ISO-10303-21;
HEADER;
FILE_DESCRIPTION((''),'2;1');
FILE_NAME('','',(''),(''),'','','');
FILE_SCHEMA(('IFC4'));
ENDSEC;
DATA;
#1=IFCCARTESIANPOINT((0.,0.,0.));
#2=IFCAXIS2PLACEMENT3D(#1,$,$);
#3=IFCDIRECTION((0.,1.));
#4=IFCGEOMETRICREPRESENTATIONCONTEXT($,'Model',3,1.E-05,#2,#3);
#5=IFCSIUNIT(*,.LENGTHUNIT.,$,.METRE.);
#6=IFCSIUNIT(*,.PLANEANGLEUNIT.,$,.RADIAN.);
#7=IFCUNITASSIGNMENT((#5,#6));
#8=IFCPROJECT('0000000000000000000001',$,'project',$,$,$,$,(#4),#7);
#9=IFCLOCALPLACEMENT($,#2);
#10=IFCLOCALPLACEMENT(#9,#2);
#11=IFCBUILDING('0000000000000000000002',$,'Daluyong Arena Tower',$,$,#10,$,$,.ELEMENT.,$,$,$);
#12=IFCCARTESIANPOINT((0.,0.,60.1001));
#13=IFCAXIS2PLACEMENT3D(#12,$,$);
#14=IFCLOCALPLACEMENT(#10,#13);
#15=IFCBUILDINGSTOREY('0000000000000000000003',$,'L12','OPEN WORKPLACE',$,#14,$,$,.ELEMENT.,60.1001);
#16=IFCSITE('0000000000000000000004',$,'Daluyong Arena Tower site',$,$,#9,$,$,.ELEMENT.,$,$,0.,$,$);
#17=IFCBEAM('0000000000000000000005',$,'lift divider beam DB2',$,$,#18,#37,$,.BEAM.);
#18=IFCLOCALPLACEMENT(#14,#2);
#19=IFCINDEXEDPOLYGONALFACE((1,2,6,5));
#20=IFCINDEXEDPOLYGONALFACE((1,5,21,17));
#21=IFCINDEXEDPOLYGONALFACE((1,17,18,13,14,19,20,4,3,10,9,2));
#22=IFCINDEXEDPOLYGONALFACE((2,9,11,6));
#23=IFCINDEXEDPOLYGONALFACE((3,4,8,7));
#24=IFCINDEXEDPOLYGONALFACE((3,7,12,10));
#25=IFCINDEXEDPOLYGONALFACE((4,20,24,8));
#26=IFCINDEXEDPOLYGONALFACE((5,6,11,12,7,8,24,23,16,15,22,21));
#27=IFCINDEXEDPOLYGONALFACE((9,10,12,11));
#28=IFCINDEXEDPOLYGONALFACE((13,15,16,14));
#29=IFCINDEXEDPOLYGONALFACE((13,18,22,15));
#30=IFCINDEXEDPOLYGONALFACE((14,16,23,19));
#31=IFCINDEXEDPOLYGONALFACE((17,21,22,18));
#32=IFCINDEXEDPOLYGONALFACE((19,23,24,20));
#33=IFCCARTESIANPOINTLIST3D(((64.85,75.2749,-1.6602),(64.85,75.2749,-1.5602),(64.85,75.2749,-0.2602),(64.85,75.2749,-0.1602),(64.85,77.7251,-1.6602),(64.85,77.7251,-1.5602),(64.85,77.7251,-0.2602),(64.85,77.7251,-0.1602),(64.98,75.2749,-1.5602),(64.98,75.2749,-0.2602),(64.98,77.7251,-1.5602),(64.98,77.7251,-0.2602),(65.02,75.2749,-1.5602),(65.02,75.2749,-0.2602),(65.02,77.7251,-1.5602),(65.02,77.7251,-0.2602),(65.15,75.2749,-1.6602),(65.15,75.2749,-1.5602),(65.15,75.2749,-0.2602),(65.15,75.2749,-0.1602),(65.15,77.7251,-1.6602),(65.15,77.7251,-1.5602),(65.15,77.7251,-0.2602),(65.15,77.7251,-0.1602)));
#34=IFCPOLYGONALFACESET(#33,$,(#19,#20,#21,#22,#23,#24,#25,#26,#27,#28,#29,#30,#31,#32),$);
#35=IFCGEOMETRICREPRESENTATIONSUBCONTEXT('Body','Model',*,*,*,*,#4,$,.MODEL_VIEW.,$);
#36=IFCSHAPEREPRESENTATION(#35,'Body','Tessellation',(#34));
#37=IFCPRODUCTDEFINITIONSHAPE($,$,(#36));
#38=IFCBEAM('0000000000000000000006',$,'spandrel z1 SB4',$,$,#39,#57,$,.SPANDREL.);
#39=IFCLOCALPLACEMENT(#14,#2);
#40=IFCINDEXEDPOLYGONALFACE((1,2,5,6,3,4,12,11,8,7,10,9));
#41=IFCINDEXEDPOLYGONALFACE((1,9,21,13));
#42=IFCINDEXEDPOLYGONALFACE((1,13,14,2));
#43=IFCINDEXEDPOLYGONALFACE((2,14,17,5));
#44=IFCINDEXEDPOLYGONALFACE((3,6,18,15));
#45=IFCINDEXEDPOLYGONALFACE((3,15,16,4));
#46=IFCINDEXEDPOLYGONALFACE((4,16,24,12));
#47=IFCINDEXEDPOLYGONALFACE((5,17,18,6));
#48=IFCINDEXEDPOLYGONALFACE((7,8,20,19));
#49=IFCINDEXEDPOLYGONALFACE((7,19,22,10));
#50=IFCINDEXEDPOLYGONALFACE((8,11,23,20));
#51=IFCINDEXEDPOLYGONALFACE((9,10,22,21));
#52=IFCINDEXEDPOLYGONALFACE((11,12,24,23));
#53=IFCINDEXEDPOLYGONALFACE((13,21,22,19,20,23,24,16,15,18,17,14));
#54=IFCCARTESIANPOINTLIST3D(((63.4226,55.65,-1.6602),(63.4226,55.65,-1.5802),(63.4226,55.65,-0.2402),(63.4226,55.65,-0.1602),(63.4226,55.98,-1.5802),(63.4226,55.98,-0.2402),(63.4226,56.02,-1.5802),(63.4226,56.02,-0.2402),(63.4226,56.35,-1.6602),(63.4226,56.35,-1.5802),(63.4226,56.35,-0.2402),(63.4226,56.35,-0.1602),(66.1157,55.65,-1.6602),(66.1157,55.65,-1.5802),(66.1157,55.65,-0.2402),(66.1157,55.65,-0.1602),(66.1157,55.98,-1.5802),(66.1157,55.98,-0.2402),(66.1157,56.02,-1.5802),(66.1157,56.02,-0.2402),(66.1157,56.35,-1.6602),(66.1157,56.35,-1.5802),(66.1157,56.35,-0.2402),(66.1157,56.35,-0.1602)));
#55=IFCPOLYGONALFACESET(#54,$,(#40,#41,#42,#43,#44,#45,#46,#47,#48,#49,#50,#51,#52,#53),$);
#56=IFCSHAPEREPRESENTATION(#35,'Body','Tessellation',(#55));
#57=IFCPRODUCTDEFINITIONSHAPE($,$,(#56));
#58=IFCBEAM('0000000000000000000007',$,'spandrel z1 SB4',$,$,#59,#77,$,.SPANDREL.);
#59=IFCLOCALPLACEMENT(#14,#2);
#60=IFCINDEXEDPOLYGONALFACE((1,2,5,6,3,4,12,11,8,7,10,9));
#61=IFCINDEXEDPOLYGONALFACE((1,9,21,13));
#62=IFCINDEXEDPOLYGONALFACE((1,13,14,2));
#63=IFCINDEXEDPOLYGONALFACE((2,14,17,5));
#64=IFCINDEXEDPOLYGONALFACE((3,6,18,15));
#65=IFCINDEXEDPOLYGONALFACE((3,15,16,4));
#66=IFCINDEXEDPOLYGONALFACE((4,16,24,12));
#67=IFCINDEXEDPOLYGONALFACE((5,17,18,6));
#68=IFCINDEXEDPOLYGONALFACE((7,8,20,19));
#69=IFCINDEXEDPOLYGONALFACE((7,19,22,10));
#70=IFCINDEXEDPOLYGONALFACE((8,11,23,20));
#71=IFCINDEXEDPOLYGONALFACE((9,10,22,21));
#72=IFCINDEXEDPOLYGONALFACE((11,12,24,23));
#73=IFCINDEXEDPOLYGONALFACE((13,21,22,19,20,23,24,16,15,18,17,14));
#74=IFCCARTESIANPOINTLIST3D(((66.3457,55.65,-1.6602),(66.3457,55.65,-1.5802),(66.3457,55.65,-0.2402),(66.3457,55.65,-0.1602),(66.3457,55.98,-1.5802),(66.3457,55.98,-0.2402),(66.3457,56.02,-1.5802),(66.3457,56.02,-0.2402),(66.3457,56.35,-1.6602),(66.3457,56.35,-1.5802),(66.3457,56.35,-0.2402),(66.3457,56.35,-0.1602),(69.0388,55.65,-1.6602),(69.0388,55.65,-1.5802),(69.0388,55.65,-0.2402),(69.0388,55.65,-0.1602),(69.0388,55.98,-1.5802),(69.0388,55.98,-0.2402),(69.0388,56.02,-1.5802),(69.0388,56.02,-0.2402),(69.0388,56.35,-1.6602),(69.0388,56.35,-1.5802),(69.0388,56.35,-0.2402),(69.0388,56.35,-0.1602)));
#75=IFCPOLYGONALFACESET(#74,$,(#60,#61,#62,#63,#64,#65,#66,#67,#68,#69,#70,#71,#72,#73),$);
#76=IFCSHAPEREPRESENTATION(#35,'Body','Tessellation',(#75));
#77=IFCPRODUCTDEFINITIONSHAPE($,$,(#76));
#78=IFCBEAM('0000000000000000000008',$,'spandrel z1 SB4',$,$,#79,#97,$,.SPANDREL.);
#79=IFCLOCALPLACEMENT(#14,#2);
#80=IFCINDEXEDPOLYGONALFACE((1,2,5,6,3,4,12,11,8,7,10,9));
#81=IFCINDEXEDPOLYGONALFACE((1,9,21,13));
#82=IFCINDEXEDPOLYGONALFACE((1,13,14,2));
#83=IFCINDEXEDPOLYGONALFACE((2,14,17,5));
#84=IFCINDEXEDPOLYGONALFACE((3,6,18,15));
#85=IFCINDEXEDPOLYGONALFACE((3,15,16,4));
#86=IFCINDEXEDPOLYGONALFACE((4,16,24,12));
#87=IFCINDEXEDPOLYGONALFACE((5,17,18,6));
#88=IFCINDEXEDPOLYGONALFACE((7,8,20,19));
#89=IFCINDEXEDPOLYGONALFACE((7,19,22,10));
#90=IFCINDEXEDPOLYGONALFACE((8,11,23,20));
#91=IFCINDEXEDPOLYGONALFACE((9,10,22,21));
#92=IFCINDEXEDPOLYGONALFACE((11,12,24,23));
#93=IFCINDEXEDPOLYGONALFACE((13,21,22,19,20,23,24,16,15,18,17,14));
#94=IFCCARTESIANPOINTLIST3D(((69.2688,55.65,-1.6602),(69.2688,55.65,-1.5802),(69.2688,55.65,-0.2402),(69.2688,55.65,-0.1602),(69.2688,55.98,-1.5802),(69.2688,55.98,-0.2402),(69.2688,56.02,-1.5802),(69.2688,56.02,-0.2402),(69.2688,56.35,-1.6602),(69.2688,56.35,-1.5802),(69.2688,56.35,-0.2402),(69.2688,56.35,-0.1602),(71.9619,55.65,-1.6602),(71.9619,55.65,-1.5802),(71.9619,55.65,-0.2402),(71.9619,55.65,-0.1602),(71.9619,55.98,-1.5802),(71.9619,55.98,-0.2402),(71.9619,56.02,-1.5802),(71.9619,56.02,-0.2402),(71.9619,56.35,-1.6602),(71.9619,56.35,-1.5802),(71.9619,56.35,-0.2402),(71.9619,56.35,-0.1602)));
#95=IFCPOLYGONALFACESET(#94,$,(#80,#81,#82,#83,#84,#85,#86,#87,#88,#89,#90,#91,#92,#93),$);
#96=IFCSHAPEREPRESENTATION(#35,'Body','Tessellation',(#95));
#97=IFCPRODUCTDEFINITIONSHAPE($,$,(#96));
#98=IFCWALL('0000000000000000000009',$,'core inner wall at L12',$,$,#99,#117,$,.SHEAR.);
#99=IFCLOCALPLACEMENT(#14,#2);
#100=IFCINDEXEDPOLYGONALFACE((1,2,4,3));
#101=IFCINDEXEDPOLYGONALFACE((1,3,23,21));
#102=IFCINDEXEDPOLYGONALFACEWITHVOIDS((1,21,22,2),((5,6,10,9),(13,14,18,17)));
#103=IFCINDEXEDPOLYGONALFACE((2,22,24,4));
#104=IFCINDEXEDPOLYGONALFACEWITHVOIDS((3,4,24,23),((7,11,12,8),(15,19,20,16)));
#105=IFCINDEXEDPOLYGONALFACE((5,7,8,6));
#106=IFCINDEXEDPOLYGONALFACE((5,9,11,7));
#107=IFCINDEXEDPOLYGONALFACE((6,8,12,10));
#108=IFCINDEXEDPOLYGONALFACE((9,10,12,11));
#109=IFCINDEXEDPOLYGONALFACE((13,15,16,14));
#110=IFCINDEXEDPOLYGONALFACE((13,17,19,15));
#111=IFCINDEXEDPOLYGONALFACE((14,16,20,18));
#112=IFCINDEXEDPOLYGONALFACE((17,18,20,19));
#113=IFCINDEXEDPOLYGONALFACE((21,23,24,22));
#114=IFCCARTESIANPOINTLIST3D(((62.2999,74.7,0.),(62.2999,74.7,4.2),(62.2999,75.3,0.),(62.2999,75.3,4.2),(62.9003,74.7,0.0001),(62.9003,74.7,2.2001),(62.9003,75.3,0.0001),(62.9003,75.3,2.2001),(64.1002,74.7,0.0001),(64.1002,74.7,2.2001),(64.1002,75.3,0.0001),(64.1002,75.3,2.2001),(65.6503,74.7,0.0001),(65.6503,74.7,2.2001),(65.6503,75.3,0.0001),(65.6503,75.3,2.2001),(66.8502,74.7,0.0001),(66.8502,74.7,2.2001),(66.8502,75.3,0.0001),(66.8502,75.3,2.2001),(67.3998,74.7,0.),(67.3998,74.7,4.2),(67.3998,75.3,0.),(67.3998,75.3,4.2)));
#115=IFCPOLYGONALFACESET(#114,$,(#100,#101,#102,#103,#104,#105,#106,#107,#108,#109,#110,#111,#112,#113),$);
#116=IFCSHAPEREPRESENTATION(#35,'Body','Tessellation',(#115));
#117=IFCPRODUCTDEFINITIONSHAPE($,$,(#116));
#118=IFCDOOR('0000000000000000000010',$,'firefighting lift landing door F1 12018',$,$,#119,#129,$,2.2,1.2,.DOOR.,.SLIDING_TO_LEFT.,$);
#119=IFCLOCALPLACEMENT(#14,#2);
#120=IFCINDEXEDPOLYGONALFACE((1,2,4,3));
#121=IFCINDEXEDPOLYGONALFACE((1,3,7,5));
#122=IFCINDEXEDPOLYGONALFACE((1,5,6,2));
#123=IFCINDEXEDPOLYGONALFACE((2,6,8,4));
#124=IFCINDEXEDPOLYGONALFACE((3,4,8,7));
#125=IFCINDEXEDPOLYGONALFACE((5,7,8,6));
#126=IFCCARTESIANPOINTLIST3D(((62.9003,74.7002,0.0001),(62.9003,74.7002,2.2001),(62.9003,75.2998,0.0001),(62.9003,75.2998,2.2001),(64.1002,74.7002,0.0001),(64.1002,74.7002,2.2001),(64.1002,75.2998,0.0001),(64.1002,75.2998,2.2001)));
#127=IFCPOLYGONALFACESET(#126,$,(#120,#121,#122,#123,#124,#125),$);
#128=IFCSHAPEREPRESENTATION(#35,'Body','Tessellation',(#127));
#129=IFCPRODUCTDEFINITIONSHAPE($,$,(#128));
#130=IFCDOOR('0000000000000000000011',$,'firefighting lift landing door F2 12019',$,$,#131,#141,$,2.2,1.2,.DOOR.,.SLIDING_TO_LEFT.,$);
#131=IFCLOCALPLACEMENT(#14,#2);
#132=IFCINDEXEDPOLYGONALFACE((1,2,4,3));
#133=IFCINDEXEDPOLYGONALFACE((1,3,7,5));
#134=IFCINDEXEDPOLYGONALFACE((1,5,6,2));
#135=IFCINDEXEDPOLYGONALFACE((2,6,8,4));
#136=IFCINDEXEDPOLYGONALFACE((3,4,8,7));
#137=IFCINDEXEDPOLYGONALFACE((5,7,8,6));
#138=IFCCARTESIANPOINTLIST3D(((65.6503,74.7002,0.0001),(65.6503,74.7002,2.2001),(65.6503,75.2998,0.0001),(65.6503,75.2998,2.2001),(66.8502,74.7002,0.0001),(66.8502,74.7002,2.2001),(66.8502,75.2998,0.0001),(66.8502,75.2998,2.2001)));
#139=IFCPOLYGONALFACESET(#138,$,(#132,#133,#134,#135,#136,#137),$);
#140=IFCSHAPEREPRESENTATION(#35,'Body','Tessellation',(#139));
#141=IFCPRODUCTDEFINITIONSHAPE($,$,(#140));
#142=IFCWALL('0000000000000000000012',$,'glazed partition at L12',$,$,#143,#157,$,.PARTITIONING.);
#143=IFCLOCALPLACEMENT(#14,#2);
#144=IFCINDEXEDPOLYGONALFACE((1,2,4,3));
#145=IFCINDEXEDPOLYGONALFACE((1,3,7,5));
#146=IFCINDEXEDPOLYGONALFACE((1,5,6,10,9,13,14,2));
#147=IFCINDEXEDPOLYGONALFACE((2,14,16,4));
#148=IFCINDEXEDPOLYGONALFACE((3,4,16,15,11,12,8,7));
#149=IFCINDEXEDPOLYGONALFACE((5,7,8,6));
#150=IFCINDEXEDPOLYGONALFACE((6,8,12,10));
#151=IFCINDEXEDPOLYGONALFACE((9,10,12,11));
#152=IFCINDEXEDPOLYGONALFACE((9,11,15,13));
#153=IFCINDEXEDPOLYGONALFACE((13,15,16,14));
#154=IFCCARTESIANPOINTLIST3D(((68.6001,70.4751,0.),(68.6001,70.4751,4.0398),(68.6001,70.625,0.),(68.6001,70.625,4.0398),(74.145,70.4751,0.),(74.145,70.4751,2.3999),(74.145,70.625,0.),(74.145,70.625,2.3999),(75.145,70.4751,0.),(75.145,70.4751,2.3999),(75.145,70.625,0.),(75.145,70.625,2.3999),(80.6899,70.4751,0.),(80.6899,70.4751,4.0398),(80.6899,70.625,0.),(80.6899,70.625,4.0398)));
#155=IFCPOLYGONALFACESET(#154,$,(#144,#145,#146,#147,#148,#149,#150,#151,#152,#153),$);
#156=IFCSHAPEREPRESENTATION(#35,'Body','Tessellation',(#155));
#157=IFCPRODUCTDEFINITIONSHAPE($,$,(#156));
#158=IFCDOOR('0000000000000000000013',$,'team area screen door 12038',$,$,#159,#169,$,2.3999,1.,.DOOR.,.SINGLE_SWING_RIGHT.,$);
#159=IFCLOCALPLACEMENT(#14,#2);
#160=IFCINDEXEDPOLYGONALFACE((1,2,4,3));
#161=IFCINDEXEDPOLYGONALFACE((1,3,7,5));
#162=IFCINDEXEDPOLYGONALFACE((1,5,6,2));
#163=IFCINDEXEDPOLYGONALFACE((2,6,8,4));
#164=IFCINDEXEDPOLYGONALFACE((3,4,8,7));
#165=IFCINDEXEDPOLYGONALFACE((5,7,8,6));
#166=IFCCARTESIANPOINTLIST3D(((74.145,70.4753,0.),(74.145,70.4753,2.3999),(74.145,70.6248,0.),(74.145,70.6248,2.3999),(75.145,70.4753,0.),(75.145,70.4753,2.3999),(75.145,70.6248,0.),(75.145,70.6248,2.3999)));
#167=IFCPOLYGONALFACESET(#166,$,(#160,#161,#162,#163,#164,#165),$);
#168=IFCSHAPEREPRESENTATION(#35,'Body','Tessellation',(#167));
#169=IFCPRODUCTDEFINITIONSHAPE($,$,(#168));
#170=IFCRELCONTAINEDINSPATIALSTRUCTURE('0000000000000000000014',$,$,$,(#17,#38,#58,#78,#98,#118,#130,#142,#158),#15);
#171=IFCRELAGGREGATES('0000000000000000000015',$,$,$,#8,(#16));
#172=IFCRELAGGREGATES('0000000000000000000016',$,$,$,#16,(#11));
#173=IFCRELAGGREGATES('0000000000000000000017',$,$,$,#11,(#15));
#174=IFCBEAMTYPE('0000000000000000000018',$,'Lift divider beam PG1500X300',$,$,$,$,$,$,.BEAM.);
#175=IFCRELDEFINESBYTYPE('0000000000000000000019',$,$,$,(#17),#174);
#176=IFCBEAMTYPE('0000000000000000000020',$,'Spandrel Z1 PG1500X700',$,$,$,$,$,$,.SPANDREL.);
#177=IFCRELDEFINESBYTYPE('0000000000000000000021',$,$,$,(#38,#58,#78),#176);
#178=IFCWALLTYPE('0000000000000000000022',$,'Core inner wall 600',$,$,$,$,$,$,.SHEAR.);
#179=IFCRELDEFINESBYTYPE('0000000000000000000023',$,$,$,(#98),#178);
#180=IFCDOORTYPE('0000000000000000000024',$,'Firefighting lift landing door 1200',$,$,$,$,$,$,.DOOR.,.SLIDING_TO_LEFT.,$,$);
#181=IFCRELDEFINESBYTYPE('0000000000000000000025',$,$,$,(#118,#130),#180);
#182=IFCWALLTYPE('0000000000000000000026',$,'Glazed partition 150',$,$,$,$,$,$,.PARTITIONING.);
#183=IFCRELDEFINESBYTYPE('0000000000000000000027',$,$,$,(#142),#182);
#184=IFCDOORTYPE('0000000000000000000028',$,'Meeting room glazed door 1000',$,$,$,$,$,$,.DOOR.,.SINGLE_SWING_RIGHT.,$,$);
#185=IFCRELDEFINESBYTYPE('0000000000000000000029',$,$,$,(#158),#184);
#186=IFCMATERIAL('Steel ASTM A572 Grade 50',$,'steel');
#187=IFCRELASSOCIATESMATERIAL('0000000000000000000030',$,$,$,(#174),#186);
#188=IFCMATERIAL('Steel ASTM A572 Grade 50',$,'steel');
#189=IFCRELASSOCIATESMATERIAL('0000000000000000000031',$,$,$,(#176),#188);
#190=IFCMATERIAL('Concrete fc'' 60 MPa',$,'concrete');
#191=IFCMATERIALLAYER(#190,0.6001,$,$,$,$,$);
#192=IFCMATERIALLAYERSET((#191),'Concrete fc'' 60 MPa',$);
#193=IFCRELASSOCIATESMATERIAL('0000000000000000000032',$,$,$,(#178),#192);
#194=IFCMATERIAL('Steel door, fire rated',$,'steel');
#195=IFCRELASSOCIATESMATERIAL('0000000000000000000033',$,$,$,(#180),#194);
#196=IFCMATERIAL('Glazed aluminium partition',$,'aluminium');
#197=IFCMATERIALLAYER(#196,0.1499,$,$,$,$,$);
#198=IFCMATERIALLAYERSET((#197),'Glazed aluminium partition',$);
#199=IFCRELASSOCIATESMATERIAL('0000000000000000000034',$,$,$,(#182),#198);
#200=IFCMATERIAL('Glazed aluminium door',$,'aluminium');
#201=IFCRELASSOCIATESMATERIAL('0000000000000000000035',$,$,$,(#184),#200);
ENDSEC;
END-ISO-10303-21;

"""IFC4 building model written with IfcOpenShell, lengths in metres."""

from ifc_helpers import new_model, si_unit, direction, frame, frame_2d, origin, origin_2d, place, context, subcontext, project, spatial, rectangle, i_section, extrude, material, layer, layer_set, material_profile, profile_set, type_object, element, fill, save


model = new_model("IFC4")

# Units and contexts
model_context = context("Model", 3, precision=1e-05, world=origin(), true_north=direction((0.0, 1.0)))
body_context = subcontext(model_context, "Body", "Model", "MODEL_VIEW")
ifc_project = project(units=[si_unit("LENGTHUNIT", "METRE"), si_unit("PLANEANGLEUNIT", "RADIAN")], contexts=[model_context])

# Site, building, storey
site_placement = place(None, origin())
site = spatial("IfcSite", under=ifc_project, at=site_placement, Name="Daluyong Arena Tower site", CompositionType="ELEMENT", RefElevation=0.0)
building_placement = place(site_placement, origin())
building = spatial("IfcBuilding", under=site, at=building_placement, Name="Daluyong Arena Tower", CompositionType="ELEMENT")
storey_placement = place(building_placement, frame((0.0, 0.0, 60.1001)))
storey = spatial("IfcBuildingStorey", under=building, at=storey_placement, Name="L12", Description="OPEN WORKPLACE", CompositionType="ELEMENT", Elevation=60.1001)

# Beams
ifc_material_1 = material(Name="Steel ASTM A572 Grade 50", Category="steel")
ifc_material_profile_1 = material_profile(ifc_material_1, i_section(OverallWidth=0.3, OverallDepth=1.5, WebThickness=0.04, FlangeThickness=0.1, at=origin_2d()))
ifc_profile_set_1 = profile_set([ifc_material_profile_1], Name="Steel ASTM A572 Grade 50")
beam_type_1 = type_object("IfcBeamType", Name="Lift divider beam PG1500X300", PredefinedType="BEAM", material=ifc_profile_set_1)
beam_1_placement = place(storey_placement, frame((65.0, 75.2749, -0.9102), z_axis=(0.0, 1.0, 0.0), x_axis=(-1.0, 0.0, 0.0)))
element("IfcBeam", 1, at=beam_1_placement, inside=storey, type_object=beam_type_1, Name="lift divider beam DB2", PredefinedType="BEAM", context=body_context, shape_type="SweptSolid", body=[
    extrude(i_section(OverallWidth=0.3, OverallDepth=1.5, WebThickness=0.04, FlangeThickness=0.1, at=origin_2d()), origin(), (0.0, 0.0, 1.0), 2.4502),
])
ifc_material_2 = material(Name="Steel ASTM A572 Grade 50", Category="steel")
ifc_material_profile_2 = material_profile(ifc_material_2, i_section(OverallWidth=0.7, OverallDepth=1.5, WebThickness=0.04, FlangeThickness=0.08, at=origin_2d()))
ifc_profile_set_2 = profile_set([ifc_material_profile_2], Name="Steel ASTM A572 Grade 50")
beam_type_2 = type_object("IfcBeamType", Name="Spandrel Z1 PG1500X700", PredefinedType="SPANDREL", material=ifc_profile_set_2)
for number, where, z_axis, x_axis, name in (
    (2, (63.4226, 56.0, -0.9102), (1.0, 0.0, 0.0), (0.0, 1.0, 0.0), "spandrel z1 SB4"),
    (3, (66.3457, 56.0, -0.9102), (1.0, 0.0, 0.0), (0.0, 1.0, 0.0), "spandrel z1 SB4"),
    (4, (69.2688, 56.0, -0.9102), (1.0, 0.0, 0.0), (0.0, 1.0, 0.0), "spandrel z1 SB4"),
):
    element("IfcBeam", number, at=place(storey_placement, frame(where, z_axis=z_axis, x_axis=x_axis)), inside=storey, type_object=beam_type_2, Name=name, PredefinedType="SPANDREL", context=body_context, shape_type="SweptSolid", body=[
        extrude(i_section(OverallWidth=0.7, OverallDepth=1.5, WebThickness=0.04, FlangeThickness=0.08, at=origin_2d()), origin(), (0.0, 0.0, 1.0), 2.6931),
    ])

# Shared definitions
ifc_material_3 = material(Name="Concrete fc' 60 MPa", Category="concrete")
ifc_layer_1 = layer(ifc_material_3, 0.6001)
ifc_layer_set_1 = layer_set([ifc_layer_1], Name="Concrete fc' 60 MPa")
wall_type_1 = type_object("IfcWallType", Name="Core inner wall 600", PredefinedType="SHEAR", material=ifc_layer_set_1)

# Wall, openings, doors
wall_1_placement = place(storey_placement, frame((62.3, 75.0, 0.0), z_axis=(0.0, 0.0, 1.0), x_axis=(1.0, 0.0, 0.0)))
wall_1 = element("IfcWall", 5, at=wall_1_placement, inside=storey, type_object=wall_type_1, Name="core inner wall at L12", PredefinedType="SHEAR", context=body_context, shape_type="SweptSolid", body=[
    extrude(rectangle(XDim=5.0999, YDim=0.6001, at=frame_2d((2.5498, 0.0))), origin(), (0.0, 0.0, 1.0), 4.2),
])
opening_1_placement = place(wall_1_placement, frame((0.6001, 0.0, 0.0)))
opening_1 = element("IfcOpeningElement", 6, at=opening_1_placement, cuts=wall_1, PredefinedType="OPENING", context=body_context, shape_type="SweptSolid", body=[
    extrude(rectangle(XDim=1.2, YDim=2.2, at=frame_2d((0.6001, 1.1001))), frame((0.0, 0.3101, 0.0), z_axis=(0.0, -1.0, 0.0), x_axis=(1.0, 0.0, 0.0)), (0.0, 0.0, 1.0), 0.6201),
])
opening_2_placement = place(wall_1_placement, frame((3.3501, 0.0, 0.0)))
opening_2 = element("IfcOpeningElement", 7, at=opening_2_placement, cuts=wall_1, PredefinedType="OPENING", context=body_context, shape_type="SweptSolid", body=[
    extrude(rectangle(XDim=1.2, YDim=2.2, at=frame_2d((0.6001, 1.1001))), frame((0.0, 0.3101, 0.0), z_axis=(0.0, -1.0, 0.0), x_axis=(1.0, 0.0, 0.0)), (0.0, 0.0, 1.0), 0.6201),
])
ifc_material_4 = material(Name="Steel door, fire rated", Category="steel")
door_type_1 = type_object("IfcDoorType", Name="Firefighting lift landing door 1200", OperationType="SLIDING_TO_LEFT", PredefinedType="DOOR", material=ifc_material_4)
door_1_placement = place(opening_1_placement, origin())
door_1 = element("IfcDoor", 8, at=door_1_placement, inside=storey, type_object=door_type_1, Name="firefighting lift landing door F1 12018", OperationType="SLIDING_TO_LEFT", OverallHeight=2.2, OverallWidth=1.2, PredefinedType="DOOR", context=body_context, shape_type="SweptSolid", body=[
    extrude(rectangle(XDim=1.2, YDim=2.2, at=frame_2d((0.6001, 1.1001))), frame((0.0, 0.2998, 0.0), z_axis=(0.0, -1.0, 0.0), x_axis=(1.0, 0.0, 0.0)), (0.0, 0.0, 1.0), 0.5996),
])
fill(opening_1, door_1)
door_2_placement = place(opening_2_placement, origin())
door_2 = element("IfcDoor", 9, at=door_2_placement, inside=storey, type_object=door_type_1, Name="firefighting lift landing door F2 12019", OperationType="SLIDING_TO_LEFT", OverallHeight=2.2, OverallWidth=1.2, PredefinedType="DOOR", context=body_context, shape_type="SweptSolid", body=[
    extrude(rectangle(XDim=1.2, YDim=2.2, at=frame_2d((0.6001, 1.1001))), frame((0.0, 0.2998, 0.0), z_axis=(0.0, -1.0, 0.0), x_axis=(1.0, 0.0, 0.0)), (0.0, 0.0, 1.0), 0.5996),
])
fill(opening_2, door_2)

# Wall, opening, door
ifc_material_5 = material(Name="Glazed aluminium partition", Category="aluminium")
ifc_layer_2 = layer(ifc_material_5, 0.1499)
ifc_layer_set_2 = layer_set([ifc_layer_2], Name="Glazed aluminium partition")
wall_type_2 = type_object("IfcWallType", Name="Glazed partition 150", PredefinedType="PARTITIONING", material=ifc_layer_set_2)
wall_2_placement = place(storey_placement, frame((68.6001, 70.55, 0.0), z_axis=(0.0, 0.0, 1.0), x_axis=(1.0, 0.0, 0.0)))
wall_2 = element("IfcWall", 10, at=wall_2_placement, inside=storey, type_object=wall_type_2, Name="glazed partition at L12", PredefinedType="PARTITIONING", context=body_context, shape_type="SweptSolid", body=[
    extrude(rectangle(XDim=12.0898, YDim=0.1499, at=frame_2d((6.0449, 0.0))), origin(), (0.0, 0.0, 1.0), 4.0398),
])
opening_3_placement = place(wall_2_placement, frame((5.5449, 0.0, 0.0)))
opening_3 = element("IfcOpeningElement", 11, at=opening_3_placement, cuts=wall_2, PredefinedType="OPENING", context=body_context, shape_type="SweptSolid", body=[
    extrude(rectangle(XDim=1.0, YDim=2.3999, at=frame_2d((0.5, 1.2))), frame((0.0, 0.085, 0.0), z_axis=(0.0, -1.0, 0.0), x_axis=(1.0, 0.0, 0.0)), (0.0, 0.0, 1.0), 0.1699),
])
ifc_material_6 = material(Name="Glazed aluminium door", Category="aluminium")
door_type_2 = type_object("IfcDoorType", Name="Meeting room glazed door 1000", OperationType="SINGLE_SWING_RIGHT", PredefinedType="DOOR", material=ifc_material_6)
door_3_placement = place(opening_3_placement, origin())
door_3 = element("IfcDoor", 12, at=door_3_placement, inside=storey, type_object=door_type_2, Name="team area screen door 12038", OperationType="SINGLE_SWING_RIGHT", OverallHeight=2.3999, OverallWidth=1.0, PredefinedType="DOOR", context=body_context, shape_type="SweptSolid", body=[
    extrude(rectangle(XDim=1.0, YDim=2.3999, at=frame_2d((0.5, 1.2))), frame((0.0, 0.0747, 0.0), z_axis=(0.0, -1.0, 0.0), x_axis=(1.0, 0.0, 0.0)), (0.0, 0.0, 1.0), 0.1494),
])
fill(opening_3, door_3)

save(model, "model.ifc")
